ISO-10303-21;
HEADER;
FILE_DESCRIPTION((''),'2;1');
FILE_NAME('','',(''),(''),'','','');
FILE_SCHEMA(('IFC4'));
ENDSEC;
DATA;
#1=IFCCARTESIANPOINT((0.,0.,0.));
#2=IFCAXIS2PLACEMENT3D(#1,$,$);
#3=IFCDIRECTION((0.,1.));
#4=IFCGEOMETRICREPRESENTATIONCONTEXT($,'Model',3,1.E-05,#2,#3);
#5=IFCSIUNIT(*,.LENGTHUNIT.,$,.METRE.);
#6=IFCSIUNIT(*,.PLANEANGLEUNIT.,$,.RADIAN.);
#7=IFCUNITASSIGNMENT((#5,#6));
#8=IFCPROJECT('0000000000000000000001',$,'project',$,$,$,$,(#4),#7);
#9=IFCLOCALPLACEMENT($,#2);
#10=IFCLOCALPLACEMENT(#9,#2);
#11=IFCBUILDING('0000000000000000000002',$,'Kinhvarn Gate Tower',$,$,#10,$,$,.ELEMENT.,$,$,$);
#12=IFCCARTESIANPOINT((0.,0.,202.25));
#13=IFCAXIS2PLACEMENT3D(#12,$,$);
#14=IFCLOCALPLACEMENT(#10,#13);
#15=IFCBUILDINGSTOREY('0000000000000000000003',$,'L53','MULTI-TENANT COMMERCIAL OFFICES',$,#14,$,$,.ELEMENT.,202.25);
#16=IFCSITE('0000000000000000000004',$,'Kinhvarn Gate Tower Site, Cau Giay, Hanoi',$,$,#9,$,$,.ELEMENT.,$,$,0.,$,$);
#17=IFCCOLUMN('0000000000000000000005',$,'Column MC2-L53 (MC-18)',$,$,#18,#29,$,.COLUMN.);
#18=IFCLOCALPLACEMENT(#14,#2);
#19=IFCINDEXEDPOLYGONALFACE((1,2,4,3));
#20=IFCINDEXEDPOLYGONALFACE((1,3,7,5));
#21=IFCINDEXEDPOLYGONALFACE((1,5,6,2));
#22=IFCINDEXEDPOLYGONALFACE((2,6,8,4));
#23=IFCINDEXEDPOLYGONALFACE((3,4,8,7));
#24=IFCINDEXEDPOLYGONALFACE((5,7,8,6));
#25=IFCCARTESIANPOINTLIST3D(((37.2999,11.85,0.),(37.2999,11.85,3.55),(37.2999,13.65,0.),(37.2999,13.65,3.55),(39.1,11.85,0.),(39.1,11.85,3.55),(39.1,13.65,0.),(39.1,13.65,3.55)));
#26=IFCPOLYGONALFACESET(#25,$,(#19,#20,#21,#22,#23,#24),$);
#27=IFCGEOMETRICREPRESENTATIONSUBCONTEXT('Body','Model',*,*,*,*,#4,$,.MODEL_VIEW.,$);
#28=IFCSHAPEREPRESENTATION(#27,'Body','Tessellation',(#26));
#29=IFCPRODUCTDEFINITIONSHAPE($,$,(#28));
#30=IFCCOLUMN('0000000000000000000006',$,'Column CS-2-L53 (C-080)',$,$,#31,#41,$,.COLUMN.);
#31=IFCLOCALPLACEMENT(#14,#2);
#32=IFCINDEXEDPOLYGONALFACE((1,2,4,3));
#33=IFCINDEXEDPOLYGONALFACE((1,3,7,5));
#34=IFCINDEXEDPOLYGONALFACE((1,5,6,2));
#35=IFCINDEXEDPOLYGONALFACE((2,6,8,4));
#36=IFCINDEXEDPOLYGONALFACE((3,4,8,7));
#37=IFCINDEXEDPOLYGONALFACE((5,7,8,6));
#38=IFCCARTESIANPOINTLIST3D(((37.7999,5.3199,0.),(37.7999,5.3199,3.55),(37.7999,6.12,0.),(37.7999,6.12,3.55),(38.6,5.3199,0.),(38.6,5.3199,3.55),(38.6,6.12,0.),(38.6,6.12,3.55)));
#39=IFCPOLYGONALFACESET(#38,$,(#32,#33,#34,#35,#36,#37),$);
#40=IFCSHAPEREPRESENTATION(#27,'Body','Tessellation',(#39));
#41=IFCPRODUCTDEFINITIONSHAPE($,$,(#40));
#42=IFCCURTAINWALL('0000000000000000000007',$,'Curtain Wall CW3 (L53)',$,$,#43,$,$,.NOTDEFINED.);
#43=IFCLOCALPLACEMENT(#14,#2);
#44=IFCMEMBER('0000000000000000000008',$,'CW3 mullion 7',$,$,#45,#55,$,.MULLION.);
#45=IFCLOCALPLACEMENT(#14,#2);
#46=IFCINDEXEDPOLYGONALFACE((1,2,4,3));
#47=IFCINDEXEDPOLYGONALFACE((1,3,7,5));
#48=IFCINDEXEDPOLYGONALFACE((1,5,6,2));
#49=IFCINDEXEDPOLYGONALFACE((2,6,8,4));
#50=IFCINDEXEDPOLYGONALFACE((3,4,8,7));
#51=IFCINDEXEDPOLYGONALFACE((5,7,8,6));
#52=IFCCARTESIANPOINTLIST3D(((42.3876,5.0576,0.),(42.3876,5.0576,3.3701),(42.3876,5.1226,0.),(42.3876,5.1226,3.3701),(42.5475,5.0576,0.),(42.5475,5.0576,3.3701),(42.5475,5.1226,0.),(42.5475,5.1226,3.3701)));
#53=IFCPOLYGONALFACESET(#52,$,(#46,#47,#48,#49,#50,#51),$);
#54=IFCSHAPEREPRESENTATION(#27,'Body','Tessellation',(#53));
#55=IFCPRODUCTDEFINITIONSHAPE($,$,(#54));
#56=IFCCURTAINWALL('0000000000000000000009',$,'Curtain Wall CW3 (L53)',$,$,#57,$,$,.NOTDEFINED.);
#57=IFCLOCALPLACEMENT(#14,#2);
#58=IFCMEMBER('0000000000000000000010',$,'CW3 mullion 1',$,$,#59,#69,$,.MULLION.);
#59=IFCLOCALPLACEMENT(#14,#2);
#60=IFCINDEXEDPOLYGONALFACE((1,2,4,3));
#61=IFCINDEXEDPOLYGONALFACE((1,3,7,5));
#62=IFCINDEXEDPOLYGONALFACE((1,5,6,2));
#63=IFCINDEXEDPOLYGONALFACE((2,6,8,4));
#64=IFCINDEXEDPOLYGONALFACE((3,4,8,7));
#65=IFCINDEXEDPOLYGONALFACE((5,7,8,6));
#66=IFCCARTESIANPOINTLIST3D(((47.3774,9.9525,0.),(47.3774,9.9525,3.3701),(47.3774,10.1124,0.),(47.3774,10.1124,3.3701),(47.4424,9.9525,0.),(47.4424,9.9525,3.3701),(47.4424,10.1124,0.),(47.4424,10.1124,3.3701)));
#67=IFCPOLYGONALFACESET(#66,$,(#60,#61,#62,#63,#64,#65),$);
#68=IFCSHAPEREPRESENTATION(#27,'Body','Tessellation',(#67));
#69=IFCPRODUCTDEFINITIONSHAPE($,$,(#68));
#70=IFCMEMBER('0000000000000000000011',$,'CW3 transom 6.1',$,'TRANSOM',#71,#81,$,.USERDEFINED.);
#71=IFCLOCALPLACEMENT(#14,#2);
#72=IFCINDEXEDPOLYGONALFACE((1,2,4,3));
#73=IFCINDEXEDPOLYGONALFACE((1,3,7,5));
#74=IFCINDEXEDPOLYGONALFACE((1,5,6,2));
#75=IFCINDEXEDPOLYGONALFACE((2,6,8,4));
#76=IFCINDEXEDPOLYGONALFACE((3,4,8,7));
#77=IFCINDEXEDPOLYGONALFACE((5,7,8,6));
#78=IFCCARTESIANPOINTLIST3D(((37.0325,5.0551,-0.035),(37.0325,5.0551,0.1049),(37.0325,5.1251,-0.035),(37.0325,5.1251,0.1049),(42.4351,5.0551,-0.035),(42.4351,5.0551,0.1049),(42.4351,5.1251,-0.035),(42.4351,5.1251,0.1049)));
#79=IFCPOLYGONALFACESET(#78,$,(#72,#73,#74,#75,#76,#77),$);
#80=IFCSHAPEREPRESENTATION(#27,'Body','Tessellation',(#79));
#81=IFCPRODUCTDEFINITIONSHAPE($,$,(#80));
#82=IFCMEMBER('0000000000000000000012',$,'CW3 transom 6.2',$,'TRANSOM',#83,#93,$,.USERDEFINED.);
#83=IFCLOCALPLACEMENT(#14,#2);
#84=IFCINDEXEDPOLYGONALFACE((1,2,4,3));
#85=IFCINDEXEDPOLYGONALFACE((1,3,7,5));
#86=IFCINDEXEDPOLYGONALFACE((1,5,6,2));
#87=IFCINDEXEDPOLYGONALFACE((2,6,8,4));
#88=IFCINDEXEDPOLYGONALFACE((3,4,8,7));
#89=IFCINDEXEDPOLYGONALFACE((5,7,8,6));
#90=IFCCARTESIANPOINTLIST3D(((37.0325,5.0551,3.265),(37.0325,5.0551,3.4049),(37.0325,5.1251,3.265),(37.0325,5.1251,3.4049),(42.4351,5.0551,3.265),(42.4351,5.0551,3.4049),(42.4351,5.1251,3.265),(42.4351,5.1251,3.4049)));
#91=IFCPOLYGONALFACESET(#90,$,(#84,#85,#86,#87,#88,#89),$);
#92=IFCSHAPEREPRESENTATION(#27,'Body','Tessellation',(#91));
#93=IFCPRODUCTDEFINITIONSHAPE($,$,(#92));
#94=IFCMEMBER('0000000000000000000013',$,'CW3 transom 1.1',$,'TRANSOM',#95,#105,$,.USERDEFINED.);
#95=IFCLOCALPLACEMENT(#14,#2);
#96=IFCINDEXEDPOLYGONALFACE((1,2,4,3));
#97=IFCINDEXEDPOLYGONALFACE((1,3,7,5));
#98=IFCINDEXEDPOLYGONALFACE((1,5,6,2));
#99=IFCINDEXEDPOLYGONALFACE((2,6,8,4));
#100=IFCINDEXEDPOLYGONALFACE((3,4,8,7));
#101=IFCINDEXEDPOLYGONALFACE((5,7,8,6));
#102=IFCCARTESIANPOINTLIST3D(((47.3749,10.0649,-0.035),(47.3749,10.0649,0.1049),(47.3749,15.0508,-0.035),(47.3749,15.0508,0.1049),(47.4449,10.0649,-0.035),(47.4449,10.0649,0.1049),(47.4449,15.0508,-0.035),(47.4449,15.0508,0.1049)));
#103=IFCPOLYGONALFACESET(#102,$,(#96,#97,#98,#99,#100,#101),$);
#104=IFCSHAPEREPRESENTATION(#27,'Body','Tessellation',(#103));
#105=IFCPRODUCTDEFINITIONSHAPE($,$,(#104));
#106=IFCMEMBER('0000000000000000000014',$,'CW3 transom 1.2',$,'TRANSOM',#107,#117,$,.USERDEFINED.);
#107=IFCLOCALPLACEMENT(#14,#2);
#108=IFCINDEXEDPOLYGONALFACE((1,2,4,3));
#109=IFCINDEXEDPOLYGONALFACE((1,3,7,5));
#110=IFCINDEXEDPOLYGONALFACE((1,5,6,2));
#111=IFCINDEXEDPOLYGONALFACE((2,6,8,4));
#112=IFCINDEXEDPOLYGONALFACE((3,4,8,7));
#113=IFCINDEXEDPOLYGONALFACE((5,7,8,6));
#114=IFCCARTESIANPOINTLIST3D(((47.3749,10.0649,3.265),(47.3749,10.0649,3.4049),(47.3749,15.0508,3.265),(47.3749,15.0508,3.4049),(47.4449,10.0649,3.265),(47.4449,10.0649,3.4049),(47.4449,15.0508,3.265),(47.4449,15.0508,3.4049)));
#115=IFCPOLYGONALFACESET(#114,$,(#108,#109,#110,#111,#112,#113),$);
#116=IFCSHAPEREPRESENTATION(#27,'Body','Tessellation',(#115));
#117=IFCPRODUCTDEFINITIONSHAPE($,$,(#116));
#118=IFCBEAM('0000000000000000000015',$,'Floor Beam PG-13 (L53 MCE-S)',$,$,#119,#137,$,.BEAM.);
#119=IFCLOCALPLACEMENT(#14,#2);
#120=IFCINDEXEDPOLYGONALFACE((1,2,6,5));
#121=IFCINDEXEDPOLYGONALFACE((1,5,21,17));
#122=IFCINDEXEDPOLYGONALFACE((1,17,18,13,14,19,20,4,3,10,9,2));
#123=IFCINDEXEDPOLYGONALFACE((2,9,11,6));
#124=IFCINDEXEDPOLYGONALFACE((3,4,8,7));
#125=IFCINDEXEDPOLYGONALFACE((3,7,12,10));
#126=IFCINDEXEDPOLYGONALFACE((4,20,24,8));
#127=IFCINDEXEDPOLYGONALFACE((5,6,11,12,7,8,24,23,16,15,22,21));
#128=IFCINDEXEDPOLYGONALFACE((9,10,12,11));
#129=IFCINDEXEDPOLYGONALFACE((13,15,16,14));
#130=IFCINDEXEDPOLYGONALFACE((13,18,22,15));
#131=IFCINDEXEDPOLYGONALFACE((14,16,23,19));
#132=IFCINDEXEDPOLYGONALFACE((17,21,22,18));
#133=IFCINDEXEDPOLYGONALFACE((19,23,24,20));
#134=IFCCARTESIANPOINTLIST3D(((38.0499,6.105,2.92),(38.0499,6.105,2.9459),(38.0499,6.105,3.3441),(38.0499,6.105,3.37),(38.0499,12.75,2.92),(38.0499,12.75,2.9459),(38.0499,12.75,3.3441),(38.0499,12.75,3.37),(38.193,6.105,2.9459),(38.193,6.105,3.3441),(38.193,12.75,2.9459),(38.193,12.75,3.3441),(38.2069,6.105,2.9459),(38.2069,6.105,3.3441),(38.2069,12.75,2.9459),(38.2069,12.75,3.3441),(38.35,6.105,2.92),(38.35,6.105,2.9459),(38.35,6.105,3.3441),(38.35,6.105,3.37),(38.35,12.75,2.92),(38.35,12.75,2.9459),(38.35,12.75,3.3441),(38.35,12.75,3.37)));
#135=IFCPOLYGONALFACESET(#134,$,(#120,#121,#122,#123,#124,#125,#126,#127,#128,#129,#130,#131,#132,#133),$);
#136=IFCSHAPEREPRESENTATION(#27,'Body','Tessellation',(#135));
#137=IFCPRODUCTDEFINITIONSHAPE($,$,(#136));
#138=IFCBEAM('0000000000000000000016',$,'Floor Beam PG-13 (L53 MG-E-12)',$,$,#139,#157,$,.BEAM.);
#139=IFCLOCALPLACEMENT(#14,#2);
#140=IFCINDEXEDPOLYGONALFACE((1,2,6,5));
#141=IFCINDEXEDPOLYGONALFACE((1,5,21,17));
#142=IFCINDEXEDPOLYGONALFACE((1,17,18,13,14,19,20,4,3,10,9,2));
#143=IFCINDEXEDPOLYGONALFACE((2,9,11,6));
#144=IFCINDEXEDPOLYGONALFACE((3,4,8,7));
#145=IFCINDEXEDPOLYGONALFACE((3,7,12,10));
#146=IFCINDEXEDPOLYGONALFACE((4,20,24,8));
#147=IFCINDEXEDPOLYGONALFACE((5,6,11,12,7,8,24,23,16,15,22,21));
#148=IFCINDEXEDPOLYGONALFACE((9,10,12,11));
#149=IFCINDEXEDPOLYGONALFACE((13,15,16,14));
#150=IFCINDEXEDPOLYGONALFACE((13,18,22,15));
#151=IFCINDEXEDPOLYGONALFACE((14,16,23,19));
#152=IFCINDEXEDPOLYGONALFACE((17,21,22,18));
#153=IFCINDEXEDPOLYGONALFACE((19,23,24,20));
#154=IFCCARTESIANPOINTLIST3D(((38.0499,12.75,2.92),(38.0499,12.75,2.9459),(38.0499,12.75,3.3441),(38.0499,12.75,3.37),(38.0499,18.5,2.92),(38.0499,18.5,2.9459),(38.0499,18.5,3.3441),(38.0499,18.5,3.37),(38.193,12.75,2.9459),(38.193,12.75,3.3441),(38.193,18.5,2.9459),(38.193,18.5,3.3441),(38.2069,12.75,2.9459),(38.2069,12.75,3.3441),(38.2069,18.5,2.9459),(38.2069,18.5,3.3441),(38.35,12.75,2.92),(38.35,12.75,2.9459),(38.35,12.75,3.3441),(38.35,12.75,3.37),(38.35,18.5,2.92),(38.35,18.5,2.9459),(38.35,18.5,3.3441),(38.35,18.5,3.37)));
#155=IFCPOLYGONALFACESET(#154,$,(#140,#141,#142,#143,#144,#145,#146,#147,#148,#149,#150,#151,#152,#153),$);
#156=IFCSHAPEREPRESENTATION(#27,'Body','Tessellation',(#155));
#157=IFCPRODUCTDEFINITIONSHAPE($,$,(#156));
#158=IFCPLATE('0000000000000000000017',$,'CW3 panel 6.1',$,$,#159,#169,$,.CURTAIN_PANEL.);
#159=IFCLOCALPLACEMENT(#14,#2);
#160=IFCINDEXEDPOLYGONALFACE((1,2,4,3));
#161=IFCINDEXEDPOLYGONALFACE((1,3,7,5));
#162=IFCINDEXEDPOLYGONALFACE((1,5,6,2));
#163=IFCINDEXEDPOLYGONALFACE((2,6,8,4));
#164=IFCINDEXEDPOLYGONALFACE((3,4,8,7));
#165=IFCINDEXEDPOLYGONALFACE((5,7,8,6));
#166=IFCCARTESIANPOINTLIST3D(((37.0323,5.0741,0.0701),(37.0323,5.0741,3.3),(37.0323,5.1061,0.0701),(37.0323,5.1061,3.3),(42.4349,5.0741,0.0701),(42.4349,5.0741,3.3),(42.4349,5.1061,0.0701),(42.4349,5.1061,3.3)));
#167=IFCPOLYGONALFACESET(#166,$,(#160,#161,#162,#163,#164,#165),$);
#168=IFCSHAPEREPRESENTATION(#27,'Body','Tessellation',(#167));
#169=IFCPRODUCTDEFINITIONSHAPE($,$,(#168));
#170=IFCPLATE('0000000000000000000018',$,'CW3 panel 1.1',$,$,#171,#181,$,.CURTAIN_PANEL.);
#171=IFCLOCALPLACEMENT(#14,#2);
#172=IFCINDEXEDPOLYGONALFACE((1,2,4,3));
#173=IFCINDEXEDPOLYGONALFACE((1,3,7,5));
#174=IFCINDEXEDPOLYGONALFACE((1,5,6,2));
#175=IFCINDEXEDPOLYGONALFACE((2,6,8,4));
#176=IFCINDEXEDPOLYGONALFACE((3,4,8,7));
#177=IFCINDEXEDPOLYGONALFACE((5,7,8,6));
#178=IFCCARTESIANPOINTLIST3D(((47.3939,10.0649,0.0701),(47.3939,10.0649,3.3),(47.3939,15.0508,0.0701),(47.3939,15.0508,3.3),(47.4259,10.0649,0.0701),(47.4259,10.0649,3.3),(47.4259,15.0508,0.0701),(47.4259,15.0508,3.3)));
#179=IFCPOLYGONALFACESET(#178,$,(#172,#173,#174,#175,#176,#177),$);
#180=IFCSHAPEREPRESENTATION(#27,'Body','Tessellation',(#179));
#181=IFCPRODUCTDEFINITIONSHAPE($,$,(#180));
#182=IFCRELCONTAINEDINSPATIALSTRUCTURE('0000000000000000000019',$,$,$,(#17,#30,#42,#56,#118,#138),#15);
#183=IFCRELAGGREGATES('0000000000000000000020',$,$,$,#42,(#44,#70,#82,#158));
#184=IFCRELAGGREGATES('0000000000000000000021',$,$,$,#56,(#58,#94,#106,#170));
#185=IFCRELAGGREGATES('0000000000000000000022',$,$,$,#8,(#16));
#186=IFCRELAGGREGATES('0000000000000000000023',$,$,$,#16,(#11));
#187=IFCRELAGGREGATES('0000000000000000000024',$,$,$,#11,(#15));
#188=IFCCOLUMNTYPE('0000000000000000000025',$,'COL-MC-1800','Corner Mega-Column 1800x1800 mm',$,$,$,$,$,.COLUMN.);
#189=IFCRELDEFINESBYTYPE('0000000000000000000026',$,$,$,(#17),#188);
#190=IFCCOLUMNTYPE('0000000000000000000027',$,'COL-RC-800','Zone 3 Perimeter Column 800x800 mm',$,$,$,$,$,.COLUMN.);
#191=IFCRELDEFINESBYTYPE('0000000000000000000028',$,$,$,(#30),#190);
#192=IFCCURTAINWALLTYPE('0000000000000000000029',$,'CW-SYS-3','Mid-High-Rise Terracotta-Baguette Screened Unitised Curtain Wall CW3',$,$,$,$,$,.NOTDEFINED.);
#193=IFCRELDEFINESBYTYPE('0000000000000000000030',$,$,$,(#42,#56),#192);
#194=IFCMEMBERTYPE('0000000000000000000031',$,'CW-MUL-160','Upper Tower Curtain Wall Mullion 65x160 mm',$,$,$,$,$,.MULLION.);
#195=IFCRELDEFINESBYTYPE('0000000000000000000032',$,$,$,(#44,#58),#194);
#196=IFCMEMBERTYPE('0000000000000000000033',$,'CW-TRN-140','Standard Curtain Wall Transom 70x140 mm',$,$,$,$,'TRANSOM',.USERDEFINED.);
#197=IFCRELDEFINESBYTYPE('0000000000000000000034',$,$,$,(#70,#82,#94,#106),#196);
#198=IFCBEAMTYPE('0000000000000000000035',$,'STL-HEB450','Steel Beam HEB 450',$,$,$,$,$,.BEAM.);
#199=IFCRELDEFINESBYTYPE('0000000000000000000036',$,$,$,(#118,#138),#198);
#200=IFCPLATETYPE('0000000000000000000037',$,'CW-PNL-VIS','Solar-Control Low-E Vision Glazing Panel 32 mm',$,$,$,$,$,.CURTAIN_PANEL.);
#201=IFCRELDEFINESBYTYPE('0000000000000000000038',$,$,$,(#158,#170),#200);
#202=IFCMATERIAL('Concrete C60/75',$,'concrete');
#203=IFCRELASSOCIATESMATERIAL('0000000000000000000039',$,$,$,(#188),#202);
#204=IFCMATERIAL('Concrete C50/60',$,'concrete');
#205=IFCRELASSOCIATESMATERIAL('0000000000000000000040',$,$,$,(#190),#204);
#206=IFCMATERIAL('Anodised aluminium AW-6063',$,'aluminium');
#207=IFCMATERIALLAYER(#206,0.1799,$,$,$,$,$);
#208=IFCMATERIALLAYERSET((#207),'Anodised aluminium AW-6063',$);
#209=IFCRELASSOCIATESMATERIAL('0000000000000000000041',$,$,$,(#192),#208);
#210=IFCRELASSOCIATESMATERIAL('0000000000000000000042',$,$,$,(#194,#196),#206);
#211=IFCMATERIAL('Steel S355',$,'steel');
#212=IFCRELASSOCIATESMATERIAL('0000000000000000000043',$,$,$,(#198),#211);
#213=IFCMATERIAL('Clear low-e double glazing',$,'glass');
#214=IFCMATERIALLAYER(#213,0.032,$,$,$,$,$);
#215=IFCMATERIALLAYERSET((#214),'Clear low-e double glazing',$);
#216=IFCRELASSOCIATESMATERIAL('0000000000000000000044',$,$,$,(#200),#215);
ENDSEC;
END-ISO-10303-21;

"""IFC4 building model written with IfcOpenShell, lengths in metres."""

from ifc_helpers import new_model, si_unit, direction, frame, origin, origin_2d, place, context, subcontext, project, spatial, rectangle, i_section, extrude, material, layer, layer_set, material_profile, profile_set, type_object, element, aggregate, save


model = new_model("IFC4")

# Units and contexts
model_context = context("Model", 3, precision=1e-05, world=origin(), true_north=direction((0.0, 1.0)))
body_context = subcontext(model_context, "Body", "Model", "MODEL_VIEW")
ifc_project = project(units=[si_unit("LENGTHUNIT", "METRE"), si_unit("PLANEANGLEUNIT", "RADIAN")], contexts=[model_context])

# Site, building, storey
site_placement = place(None, origin())
site = spatial("IfcSite", under=ifc_project, at=site_placement, Name="Kinhvarn Gate Tower Site, Cau Giay, Hanoi", CompositionType="ELEMENT", RefElevation=0.0)
building_placement = place(site_placement, origin())
building = spatial("IfcBuilding", under=site, at=building_placement, Name="Kinhvarn Gate Tower", CompositionType="ELEMENT")
storey_placement = place(building_placement, frame((0.0, 0.0, 202.25)))
storey = spatial("IfcBuildingStorey", under=building, at=storey_placement, Name="L53", Description="MULTI-TENANT COMMERCIAL OFFICES", CompositionType="ELEMENT", Elevation=202.25)

# Columns
ifc_material_1 = material(Name="Concrete C60/75", Category="concrete")
ifc_material_profile_1 = material_profile(ifc_material_1, rectangle(XDim=1.8, YDim=1.8, at=origin_2d()), Name="RC 1800x1800")
ifc_profile_set_1 = profile_set([ifc_material_profile_1], Name="Concrete C60/75")
column_type_1 = type_object("IfcColumnType", Name="COL-MC-1800", Description="Corner Mega-Column 1800x1800 mm", PredefinedType="COLUMN", material=ifc_profile_set_1)
column_1_placement = place(storey_placement, frame((38.2, 12.75, 0.0), z_axis=(0.0, 0.0, 1.0), x_axis=(1.0, 0.0, 0.0)))
element("IfcColumn", 1, at=column_1_placement, inside=storey, type_object=column_type_1, Name="Column MC2-L53 (MC-18)", PredefinedType="COLUMN", context=body_context, shape_type="SweptSolid", body=[
    extrude(rectangle(XDim=1.8, YDim=1.8, at=origin_2d()), origin(), (0.0, 0.0, 1.0), 3.55),
])
ifc_material_2 = material(Name="Concrete C50/60", Category="concrete")
ifc_material_profile_2 = material_profile(ifc_material_2, rectangle(XDim=0.8, YDim=0.8, at=origin_2d()), Name="RC 800x800")
ifc_profile_set_2 = profile_set([ifc_material_profile_2], Name="Concrete C50/60")
column_type_2 = type_object("IfcColumnType", Name="COL-RC-800", Description="Zone 3 Perimeter Column 800x800 mm", PredefinedType="COLUMN", material=ifc_profile_set_2)
column_2_placement = place(storey_placement, frame((38.2, 5.72, 0.0), z_axis=(0.0, 0.0, 1.0), x_axis=(1.0, 0.0, 0.0)))
element("IfcColumn", 2, at=column_2_placement, inside=storey, type_object=column_type_2, Name="Column CS-2-L53 (C-080)", PredefinedType="COLUMN", context=body_context, shape_type="SweptSolid", body=[
    extrude(rectangle(XDim=0.8, YDim=0.8, at=origin_2d()), origin(), (0.0, 0.0, 1.0), 3.55),
])

# Curtain walls, members
ifc_material_3 = material(Name="Anodised aluminium AW-6063", Category="aluminium")
ifc_layer_1 = layer(ifc_material_3, 0.1799)
ifc_layer_set_1 = layer_set([ifc_layer_1], Name="Anodised aluminium AW-6063")
curtain_wall_type = type_object("IfcCurtainWallType", Name="CW-SYS-3", Description="Mid-High-Rise Terracotta-Baguette Screened Unitised Curtain Wall CW3", PredefinedType="NOTDEFINED", material=ifc_layer_set_1)
curtain_wall_1_placement = place(storey_placement, origin())
curtain_wall_1 = element("IfcCurtainWall", 3, at=curtain_wall_1_placement, inside=storey, type_object=curtain_wall_type, Name="Curtain Wall CW3 (L53)", PredefinedType="NOTDEFINED")
ifc_material_profile_3 = material_profile(ifc_material_3, rectangle(XDim=0.0649, YDim=0.1599, at=origin_2d()), Name="ALU 65x160")
ifc_profile_set_3 = profile_set([ifc_material_profile_3], Name="Anodised aluminium AW-6063")
member_type_1 = type_object("IfcMemberType", Name="CW-MUL-160", Description="Upper Tower Curtain Wall Mullion 65x160 mm", PredefinedType="MULLION", material=ifc_profile_set_3)
member_1_placement = place(storey_placement, frame((42.4675, 5.0901, 0.0), z_axis=(0.0, 0.0, 1.0), x_axis=(0.0, 1.0, 0.0)))
member_1 = element("IfcMember", 4, at=member_1_placement, type_object=member_type_1, Name="CW3 mullion 7", PredefinedType="MULLION", context=body_context, shape_type="SweptSolid", body=[
    extrude(rectangle(XDim=0.0649, YDim=0.1599, at=origin_2d()), origin(), (0.0, 0.0, 1.0), 3.3701),
])
curtain_wall_2_placement = place(storey_placement, origin())
curtain_wall_2 = element("IfcCurtainWall", 5, at=curtain_wall_2_placement, inside=storey, type_object=curtain_wall_type, Name="Curtain Wall CW3 (L53)", PredefinedType="NOTDEFINED")
member_2_placement = place(storey_placement, frame((47.4099, 10.0325, 0.0), z_axis=(0.0, 0.0, 1.0), x_axis=(-1.0, 0.0, 0.0)))
member_2 = element("IfcMember", 6, at=member_2_placement, type_object=member_type_1, Name="CW3 mullion 1", PredefinedType="MULLION", context=body_context, shape_type="SweptSolid", body=[
    extrude(rectangle(XDim=0.0649, YDim=0.1599, at=origin_2d()), origin(), (0.0, 0.0, 1.0), 3.3701),
])

# Members
ifc_material_profile_4 = material_profile(ifc_material_3, rectangle(XDim=0.0701, YDim=0.1399, at=origin_2d()), Name="ALU 70x140")
ifc_profile_set_4 = profile_set([ifc_material_profile_4], Name="Anodised aluminium AW-6063")
member_type_2 = type_object("IfcMemberType", Name="CW-TRN-140", Description="Standard Curtain Wall Transom 70x140 mm", ElementType="TRANSOM", PredefinedType="USERDEFINED", material=ifc_profile_set_4)
member_3_placement = place(storey_placement, frame((37.0325, 5.0901, 0.0349), z_axis=(1.0, 0.0, 0.0), x_axis=(0.0, 1.0, 0.0)))
member_3 = element("IfcMember", 7, at=member_3_placement, type_object=member_type_2, Name="CW3 transom 6.1", ObjectType="TRANSOM", PredefinedType="USERDEFINED", context=body_context, shape_type="SweptSolid", body=[
    extrude(rectangle(XDim=0.0701, YDim=0.1399, at=origin_2d()), origin(), (0.0, 0.0, 1.0), 5.4026),
])
member_4_placement = place(storey_placement, frame((37.0325, 5.0901, 3.335), z_axis=(1.0, 0.0, 0.0), x_axis=(0.0, 1.0, 0.0)))
member_4 = element("IfcMember", 8, at=member_4_placement, type_object=member_type_2, Name="CW3 transom 6.2", ObjectType="TRANSOM", PredefinedType="USERDEFINED", context=body_context, shape_type="SweptSolid", body=[
    extrude(rectangle(XDim=0.0701, YDim=0.1399, at=origin_2d()), origin(), (0.0, 0.0, 1.0), 5.4026),
])
member_5_placement = place(storey_placement, frame((47.4099, 10.0649, 0.0349), z_axis=(0.0, 1.0, 0.0), x_axis=(-1.0, 0.0, 0.0)))
member_5 = element("IfcMember", 9, at=member_5_placement, type_object=member_type_2, Name="CW3 transom 1.1", ObjectType="TRANSOM", PredefinedType="USERDEFINED", context=body_context, shape_type="SweptSolid", body=[
    extrude(rectangle(XDim=0.0701, YDim=0.1399, at=origin_2d()), origin(), (0.0, 0.0, 1.0), 4.9858),
])
member_6_placement = place(storey_placement, frame((47.4099, 10.0649, 3.335), z_axis=(0.0, 1.0, 0.0), x_axis=(-1.0, 0.0, 0.0)))
member_6 = element("IfcMember", 10, at=member_6_placement, type_object=member_type_2, Name="CW3 transom 1.2", ObjectType="TRANSOM", PredefinedType="USERDEFINED", context=body_context, shape_type="SweptSolid", body=[
    extrude(rectangle(XDim=0.0701, YDim=0.1399, at=origin_2d()), origin(), (0.0, 0.0, 1.0), 4.9858),
])

# Beams
ifc_material_4 = material(Name="Steel S355", Category="steel")
ifc_material_profile_5 = material_profile(ifc_material_4, i_section(OverallWidth=0.3, OverallDepth=0.45, WebThickness=0.0139, FlangeThickness=0.0259, at=origin_2d()), Name="HEB 450")
ifc_profile_set_5 = profile_set([ifc_material_profile_5], Name="Steel S355")
beam_type = type_object("IfcBeamType", Name="STL-HEB450", Description="Steel Beam HEB 450", PredefinedType="BEAM", material=ifc_profile_set_5)
beam_1_placement = place(storey_placement, frame((38.2, 6.105, 3.145), z_axis=(0.0, 1.0, 0.0), x_axis=(-1.0, 0.0, 0.0)))
element("IfcBeam", 11, at=beam_1_placement, inside=storey, type_object=beam_type, Name="Floor Beam PG-13 (L53 MCE-S)", PredefinedType="BEAM", context=body_context, shape_type="SweptSolid", body=[
    extrude(i_section(OverallWidth=0.3, OverallDepth=0.45, WebThickness=0.0139, FlangeThickness=0.0259, at=origin_2d()), origin(), (0.0, 0.0, 1.0), 6.645),
])
beam_2_placement = place(storey_placement, frame((38.2, 12.75, 3.145), z_axis=(0.0, 1.0, 0.0), x_axis=(-1.0, 0.0, 0.0)))
element("IfcBeam", 12, at=beam_2_placement, inside=storey, type_object=beam_type, Name="Floor Beam PG-13 (L53 MG-E-12)", PredefinedType="BEAM", context=body_context, shape_type="SweptSolid", body=[
    extrude(i_section(OverallWidth=0.3, OverallDepth=0.45, WebThickness=0.0139, FlangeThickness=0.0259, at=origin_2d()), origin(), (0.0, 0.0, 1.0), 5.75),
])

# Plates
ifc_material_5 = material(Name="Clear low-e double glazing", Category="glass")
ifc_layer_2 = layer(ifc_material_5, 0.032)
ifc_layer_set_2 = layer_set([ifc_layer_2], Name="Clear low-e double glazing")
plate_type = type_object("IfcPlateType", Name="CW-PNL-VIS", Description="Solar-Control Low-E Vision Glazing Panel 32 mm", PredefinedType="CURTAIN_PANEL", material=ifc_layer_set_2)
plate_1_placement = place(storey_placement, frame((39.7336, 5.0901, 0.0701), z_axis=(0.0, 0.0, 1.0), x_axis=(1.0, 0.0, 0.0)))
plate_1 = element("IfcPlate", 13, at=plate_1_placement, type_object=plate_type, Name="CW3 panel 6.1", PredefinedType="CURTAIN_PANEL", context=body_context, shape_type="SweptSolid", body=[
    extrude(rectangle(XDim=5.4026, YDim=0.032, at=origin_2d()), origin(), (0.0, 0.0, 1.0), 3.23),
])
aggregate(curtain_wall_1, [member_1, member_3, member_4, plate_1])
plate_2_placement = place(storey_placement, frame((47.4099, 12.5579, 0.0701), z_axis=(0.0, 0.0, 1.0), x_axis=(0.0, 1.0, 0.0)))
plate_2 = element("IfcPlate", 14, at=plate_2_placement, type_object=plate_type, Name="CW3 panel 1.1", PredefinedType="CURTAIN_PANEL", context=body_context, shape_type="SweptSolid", body=[
    extrude(rectangle(XDim=4.9858, YDim=0.032, at=origin_2d()), origin(), (0.0, 0.0, 1.0), 3.23),
])
aggregate(curtain_wall_2, [member_2, member_5, member_6, plate_2])

save(model, "model.ifc")
